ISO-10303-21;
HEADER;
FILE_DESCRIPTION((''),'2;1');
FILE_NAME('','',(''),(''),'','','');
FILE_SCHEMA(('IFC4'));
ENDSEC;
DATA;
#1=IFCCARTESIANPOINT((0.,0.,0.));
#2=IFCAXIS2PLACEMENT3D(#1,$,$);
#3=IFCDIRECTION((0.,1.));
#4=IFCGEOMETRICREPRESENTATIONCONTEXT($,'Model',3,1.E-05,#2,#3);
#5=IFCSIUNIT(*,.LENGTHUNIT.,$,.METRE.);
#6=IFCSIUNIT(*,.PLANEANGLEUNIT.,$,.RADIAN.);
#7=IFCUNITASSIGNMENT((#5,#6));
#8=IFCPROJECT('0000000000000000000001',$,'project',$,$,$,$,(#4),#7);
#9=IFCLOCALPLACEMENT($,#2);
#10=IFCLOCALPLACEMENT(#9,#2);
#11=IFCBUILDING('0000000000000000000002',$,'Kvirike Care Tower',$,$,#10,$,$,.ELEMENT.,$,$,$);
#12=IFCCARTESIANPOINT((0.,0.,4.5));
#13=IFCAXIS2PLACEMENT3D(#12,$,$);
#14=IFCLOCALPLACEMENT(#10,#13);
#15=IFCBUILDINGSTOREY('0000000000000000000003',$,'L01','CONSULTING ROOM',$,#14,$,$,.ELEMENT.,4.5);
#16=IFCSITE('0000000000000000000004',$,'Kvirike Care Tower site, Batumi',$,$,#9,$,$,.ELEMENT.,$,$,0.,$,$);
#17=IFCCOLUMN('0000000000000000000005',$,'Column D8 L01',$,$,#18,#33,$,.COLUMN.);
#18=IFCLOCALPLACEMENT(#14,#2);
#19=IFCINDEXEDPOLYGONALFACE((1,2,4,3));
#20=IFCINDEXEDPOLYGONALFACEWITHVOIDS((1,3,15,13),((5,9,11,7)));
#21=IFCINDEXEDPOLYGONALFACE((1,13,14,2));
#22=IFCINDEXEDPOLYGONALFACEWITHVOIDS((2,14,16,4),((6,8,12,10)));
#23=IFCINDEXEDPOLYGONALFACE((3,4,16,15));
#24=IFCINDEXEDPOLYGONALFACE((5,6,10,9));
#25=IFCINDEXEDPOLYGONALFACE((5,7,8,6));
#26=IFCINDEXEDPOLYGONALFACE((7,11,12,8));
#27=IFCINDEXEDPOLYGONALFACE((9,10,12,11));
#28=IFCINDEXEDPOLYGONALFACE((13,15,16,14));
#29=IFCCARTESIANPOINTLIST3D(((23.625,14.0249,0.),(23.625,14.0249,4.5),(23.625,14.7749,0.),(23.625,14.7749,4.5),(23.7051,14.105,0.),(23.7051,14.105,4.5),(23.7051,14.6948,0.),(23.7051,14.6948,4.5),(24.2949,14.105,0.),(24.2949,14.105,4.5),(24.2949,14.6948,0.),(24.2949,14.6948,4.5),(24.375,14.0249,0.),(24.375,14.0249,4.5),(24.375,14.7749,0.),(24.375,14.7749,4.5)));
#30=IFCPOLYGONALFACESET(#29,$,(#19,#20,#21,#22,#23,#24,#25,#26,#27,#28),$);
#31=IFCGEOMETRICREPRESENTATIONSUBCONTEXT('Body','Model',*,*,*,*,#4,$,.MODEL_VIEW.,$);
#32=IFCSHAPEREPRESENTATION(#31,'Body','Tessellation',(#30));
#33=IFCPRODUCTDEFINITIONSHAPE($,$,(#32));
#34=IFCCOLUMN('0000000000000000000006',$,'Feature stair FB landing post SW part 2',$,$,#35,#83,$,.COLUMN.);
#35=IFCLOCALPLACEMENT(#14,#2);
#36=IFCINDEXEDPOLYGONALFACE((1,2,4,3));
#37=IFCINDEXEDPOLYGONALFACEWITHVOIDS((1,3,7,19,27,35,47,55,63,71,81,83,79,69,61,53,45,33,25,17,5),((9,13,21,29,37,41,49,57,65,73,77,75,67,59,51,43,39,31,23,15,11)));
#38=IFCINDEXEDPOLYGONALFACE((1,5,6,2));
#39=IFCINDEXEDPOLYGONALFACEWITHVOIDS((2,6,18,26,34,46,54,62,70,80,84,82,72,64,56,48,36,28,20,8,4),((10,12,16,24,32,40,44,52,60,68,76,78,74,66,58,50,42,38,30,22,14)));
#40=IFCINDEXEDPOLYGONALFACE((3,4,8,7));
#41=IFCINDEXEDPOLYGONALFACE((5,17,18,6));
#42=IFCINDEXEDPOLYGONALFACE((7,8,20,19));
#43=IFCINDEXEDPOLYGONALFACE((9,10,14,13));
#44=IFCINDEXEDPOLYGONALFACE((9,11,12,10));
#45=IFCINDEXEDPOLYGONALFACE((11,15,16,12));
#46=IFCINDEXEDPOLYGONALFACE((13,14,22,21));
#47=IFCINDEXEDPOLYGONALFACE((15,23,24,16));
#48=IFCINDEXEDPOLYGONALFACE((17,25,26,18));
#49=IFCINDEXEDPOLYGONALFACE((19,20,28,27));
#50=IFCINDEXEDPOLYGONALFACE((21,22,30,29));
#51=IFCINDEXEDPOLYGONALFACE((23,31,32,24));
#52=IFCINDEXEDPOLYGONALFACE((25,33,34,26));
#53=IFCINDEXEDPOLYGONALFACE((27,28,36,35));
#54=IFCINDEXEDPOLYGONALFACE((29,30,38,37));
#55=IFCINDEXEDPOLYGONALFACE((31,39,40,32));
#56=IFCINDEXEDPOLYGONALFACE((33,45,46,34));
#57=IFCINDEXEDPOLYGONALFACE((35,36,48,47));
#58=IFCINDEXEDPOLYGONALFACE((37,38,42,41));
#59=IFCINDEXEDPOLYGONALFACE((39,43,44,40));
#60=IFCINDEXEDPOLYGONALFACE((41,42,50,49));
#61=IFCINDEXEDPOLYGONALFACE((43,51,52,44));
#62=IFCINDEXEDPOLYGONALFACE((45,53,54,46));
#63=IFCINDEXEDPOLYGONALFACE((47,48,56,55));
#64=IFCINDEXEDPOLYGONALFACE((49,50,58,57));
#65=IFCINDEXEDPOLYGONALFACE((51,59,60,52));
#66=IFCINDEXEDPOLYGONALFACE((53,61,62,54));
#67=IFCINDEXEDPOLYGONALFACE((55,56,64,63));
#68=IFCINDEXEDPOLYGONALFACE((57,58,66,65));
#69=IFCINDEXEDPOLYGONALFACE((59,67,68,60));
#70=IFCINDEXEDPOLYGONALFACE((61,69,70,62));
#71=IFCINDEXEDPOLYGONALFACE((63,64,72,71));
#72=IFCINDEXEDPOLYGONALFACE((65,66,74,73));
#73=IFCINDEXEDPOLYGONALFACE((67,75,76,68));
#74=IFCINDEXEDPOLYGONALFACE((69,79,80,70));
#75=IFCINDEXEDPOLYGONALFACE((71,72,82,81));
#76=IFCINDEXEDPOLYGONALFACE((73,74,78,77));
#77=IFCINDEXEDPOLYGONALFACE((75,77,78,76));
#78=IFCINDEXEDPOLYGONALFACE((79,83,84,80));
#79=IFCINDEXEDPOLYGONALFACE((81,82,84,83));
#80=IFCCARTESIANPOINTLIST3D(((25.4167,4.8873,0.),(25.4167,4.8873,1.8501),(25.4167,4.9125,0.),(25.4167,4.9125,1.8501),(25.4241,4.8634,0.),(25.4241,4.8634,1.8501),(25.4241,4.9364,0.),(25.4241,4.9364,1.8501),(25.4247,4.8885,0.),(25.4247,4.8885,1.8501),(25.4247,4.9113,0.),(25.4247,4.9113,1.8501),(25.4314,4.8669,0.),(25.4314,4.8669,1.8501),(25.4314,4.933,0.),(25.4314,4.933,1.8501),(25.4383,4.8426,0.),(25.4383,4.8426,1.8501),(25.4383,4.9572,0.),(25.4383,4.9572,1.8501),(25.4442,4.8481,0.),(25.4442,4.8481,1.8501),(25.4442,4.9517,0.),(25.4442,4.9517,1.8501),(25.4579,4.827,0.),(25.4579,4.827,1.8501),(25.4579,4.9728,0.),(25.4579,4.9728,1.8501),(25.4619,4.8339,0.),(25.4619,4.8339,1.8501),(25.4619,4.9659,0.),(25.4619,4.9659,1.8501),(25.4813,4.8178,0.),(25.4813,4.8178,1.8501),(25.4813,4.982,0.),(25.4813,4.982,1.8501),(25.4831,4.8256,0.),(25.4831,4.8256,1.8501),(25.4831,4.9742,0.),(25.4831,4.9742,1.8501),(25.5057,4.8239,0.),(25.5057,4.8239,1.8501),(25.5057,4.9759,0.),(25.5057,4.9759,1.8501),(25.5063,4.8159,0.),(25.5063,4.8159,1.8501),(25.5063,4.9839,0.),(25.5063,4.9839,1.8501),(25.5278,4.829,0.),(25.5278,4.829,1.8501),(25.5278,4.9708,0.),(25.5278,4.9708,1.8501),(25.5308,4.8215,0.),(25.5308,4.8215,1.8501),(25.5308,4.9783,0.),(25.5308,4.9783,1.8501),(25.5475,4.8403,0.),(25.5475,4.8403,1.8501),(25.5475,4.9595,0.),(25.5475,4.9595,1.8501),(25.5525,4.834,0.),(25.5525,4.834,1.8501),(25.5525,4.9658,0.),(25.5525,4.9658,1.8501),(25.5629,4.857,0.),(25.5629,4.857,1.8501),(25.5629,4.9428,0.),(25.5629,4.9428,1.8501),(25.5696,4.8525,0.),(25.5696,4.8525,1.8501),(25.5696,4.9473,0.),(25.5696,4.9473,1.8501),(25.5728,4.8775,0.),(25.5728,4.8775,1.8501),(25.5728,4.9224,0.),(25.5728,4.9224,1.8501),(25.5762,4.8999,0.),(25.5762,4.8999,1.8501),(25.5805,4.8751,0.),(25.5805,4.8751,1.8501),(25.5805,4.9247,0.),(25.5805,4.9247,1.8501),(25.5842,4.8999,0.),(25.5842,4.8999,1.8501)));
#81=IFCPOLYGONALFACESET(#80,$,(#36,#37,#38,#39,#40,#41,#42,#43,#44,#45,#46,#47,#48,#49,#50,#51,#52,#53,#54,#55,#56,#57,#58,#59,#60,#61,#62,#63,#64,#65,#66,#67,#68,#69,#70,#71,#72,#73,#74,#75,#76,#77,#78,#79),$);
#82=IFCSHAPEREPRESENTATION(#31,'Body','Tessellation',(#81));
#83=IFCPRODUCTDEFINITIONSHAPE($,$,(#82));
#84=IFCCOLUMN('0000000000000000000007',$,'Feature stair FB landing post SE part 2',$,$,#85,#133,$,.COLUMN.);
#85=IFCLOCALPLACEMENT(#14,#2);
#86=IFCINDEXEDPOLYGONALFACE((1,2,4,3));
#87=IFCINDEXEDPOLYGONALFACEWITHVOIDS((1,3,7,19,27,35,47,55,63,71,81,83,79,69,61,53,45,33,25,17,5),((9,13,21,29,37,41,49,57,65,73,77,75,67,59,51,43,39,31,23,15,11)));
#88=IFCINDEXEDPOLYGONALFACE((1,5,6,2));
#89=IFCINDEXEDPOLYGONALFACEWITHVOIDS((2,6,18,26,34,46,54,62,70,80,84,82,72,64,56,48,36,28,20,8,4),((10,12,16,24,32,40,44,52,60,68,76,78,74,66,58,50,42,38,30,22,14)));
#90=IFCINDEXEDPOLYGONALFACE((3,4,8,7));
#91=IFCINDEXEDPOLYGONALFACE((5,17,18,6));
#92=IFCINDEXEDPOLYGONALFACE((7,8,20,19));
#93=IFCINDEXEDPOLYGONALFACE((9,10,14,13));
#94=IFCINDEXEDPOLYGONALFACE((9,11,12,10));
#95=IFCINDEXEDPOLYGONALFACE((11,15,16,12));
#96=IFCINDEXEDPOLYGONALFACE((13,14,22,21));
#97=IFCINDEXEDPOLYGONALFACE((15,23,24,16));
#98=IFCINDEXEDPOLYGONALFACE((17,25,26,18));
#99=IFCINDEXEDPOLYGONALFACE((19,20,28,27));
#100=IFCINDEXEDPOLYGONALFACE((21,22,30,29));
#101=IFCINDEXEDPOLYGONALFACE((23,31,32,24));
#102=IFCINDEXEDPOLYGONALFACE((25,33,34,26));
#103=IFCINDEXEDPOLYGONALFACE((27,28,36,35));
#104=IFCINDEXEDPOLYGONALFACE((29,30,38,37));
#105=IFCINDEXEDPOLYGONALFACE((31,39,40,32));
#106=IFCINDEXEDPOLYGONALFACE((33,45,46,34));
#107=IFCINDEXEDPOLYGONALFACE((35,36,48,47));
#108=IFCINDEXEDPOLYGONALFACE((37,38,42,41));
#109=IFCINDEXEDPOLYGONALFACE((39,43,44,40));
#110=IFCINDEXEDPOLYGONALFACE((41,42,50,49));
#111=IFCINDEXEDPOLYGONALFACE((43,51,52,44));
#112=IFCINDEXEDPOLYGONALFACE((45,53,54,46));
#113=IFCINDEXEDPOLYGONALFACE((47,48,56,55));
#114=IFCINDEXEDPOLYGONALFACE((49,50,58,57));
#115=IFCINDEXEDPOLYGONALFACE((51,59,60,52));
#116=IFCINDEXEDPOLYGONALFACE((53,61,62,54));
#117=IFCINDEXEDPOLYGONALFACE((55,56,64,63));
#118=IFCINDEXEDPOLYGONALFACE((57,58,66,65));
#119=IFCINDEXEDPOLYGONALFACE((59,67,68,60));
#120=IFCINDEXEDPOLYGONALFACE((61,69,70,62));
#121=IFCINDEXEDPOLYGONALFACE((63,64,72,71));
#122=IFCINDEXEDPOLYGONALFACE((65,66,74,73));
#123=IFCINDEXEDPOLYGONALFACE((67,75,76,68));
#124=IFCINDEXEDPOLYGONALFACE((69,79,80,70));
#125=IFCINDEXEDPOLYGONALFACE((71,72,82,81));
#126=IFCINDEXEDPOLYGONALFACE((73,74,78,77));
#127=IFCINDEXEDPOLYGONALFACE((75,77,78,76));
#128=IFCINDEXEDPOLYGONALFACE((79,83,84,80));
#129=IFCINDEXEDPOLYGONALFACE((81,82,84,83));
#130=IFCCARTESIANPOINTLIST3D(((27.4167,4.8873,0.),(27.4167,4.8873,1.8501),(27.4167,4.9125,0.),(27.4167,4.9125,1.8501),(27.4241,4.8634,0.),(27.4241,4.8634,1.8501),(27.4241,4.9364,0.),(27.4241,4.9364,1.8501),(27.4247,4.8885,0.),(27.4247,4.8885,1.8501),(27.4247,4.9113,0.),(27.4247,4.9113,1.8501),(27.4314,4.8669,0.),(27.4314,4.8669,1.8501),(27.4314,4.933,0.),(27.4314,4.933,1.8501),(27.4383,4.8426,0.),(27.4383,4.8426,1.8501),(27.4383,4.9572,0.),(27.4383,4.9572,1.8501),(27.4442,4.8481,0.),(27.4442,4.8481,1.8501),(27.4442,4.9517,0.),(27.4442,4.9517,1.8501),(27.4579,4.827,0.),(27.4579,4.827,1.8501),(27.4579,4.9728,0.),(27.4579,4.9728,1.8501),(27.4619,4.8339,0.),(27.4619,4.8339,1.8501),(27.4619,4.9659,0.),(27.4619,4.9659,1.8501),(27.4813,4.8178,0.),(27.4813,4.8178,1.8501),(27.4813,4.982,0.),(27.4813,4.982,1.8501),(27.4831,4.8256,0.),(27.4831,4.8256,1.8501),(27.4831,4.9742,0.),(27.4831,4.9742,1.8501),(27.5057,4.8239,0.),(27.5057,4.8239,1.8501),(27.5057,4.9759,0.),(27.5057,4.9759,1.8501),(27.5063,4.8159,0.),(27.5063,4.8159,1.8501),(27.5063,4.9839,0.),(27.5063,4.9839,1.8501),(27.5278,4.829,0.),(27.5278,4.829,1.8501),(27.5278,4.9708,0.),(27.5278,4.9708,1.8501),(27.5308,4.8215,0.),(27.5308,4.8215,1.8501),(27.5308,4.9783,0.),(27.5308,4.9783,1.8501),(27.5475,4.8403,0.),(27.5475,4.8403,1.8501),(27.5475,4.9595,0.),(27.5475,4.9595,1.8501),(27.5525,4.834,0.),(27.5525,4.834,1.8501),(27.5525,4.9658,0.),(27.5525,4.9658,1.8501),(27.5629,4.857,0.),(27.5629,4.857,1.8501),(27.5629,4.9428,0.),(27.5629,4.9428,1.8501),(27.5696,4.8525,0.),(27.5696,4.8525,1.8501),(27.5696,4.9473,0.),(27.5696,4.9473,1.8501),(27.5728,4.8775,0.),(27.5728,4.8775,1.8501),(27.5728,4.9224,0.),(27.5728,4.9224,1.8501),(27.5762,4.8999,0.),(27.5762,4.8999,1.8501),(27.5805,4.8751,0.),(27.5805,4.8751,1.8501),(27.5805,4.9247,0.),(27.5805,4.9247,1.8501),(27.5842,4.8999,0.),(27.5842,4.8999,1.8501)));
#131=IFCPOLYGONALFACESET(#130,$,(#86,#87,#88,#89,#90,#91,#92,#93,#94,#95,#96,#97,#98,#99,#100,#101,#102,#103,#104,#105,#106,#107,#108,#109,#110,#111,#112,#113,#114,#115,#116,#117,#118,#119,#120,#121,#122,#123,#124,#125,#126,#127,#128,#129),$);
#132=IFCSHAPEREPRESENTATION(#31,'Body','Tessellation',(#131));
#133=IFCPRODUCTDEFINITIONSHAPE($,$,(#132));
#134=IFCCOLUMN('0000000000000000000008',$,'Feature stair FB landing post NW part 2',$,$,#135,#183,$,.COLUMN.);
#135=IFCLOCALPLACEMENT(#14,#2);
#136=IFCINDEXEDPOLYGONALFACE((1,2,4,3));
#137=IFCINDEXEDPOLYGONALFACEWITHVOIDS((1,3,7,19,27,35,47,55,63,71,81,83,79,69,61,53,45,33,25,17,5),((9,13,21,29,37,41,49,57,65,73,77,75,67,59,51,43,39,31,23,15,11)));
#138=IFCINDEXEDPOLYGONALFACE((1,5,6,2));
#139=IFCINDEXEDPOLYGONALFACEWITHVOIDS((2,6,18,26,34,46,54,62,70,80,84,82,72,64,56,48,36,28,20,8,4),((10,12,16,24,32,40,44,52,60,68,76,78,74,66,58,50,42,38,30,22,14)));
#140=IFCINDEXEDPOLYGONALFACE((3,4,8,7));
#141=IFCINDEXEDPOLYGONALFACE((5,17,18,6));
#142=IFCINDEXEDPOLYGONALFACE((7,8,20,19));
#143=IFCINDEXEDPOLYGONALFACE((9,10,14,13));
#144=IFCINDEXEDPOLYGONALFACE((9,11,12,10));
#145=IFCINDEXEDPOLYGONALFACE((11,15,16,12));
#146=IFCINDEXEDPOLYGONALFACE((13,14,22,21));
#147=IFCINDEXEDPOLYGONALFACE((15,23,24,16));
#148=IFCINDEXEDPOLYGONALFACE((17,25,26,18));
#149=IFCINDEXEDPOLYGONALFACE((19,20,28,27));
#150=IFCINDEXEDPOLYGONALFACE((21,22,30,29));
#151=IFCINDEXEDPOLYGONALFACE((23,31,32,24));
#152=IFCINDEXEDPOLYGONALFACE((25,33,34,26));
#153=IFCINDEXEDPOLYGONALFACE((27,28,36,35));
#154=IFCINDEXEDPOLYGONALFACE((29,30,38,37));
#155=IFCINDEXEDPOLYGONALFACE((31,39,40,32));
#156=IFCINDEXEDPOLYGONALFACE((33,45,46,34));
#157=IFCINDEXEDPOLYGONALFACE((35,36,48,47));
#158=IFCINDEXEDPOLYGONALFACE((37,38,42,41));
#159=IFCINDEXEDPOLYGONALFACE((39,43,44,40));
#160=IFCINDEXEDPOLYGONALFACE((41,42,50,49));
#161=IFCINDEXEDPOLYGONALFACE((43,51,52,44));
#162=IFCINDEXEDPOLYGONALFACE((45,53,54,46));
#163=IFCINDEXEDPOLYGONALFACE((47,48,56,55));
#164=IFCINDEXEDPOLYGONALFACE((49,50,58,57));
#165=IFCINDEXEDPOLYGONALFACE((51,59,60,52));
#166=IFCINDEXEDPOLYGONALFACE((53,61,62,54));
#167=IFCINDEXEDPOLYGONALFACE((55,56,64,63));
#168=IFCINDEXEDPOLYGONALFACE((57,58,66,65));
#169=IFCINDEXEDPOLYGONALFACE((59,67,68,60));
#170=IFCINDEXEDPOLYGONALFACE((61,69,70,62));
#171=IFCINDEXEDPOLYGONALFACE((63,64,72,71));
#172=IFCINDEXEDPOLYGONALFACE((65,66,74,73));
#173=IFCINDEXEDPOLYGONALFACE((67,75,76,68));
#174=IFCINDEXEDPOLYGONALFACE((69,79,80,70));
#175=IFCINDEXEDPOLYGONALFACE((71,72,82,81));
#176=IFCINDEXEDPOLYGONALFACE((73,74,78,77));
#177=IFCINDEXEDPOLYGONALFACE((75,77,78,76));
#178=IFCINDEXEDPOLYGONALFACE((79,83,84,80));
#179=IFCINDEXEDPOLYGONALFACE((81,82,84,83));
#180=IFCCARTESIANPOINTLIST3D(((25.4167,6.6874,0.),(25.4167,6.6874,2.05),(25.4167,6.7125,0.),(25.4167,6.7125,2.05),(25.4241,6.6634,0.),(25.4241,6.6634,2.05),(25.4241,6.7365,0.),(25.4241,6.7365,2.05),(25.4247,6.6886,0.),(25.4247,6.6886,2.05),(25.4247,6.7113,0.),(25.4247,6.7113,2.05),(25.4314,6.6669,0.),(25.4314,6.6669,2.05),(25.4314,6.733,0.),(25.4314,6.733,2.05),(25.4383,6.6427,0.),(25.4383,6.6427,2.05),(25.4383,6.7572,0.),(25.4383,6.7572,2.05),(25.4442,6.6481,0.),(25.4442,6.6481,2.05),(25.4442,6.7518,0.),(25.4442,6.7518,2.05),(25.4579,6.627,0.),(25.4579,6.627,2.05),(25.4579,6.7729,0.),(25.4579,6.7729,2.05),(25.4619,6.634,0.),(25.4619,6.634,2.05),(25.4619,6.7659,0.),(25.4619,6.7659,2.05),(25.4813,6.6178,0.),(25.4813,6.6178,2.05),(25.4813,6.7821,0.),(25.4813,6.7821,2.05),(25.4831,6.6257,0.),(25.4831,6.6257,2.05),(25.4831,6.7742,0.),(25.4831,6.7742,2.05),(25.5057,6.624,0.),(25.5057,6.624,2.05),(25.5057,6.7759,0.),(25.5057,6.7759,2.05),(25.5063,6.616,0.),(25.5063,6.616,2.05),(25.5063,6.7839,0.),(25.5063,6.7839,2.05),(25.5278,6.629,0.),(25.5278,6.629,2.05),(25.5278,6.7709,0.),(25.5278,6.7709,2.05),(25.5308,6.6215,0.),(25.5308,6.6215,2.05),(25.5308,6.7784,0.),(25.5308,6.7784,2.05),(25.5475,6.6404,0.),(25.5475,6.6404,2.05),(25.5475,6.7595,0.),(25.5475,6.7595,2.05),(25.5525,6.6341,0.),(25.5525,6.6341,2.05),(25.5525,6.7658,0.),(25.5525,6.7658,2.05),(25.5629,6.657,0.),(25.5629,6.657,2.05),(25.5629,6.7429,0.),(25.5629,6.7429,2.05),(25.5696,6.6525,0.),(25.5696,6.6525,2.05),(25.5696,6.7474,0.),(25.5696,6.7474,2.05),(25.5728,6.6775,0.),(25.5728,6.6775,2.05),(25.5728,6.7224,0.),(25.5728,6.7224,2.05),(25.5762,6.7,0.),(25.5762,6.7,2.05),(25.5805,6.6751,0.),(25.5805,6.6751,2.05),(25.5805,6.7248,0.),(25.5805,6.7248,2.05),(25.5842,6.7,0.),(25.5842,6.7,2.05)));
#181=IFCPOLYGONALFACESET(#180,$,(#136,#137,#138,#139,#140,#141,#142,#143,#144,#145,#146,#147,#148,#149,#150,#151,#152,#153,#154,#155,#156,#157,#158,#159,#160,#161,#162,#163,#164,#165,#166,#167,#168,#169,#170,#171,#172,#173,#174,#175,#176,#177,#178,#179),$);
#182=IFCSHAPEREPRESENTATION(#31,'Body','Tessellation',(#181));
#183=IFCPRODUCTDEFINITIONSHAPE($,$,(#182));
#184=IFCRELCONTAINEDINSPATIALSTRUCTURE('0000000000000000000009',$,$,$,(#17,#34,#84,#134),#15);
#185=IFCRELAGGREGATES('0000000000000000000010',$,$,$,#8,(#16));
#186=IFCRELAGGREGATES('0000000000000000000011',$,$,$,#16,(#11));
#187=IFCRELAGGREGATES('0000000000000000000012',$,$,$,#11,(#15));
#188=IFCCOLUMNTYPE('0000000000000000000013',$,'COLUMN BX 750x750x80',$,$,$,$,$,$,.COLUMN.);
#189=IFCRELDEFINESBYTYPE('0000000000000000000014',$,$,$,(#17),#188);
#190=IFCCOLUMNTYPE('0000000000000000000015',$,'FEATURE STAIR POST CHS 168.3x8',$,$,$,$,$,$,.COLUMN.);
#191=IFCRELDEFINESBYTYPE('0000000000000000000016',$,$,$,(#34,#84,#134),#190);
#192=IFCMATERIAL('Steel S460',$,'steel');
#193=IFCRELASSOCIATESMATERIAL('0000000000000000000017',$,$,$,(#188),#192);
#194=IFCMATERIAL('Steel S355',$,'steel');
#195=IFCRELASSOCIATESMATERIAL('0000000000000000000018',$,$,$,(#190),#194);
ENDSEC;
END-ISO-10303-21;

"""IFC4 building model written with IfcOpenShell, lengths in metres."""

from ifc_helpers import new_model, si_unit, direction, frame, origin, origin_2d, place, context, subcontext, project, spatial, hollow_rectangle, hollow_circle, extrude, material, material_profile, profile_set, type_object, element, save


model = new_model("IFC4")

# Units and contexts
model_context = context("Model", 3, precision=1e-05, world=origin(), true_north=direction((0.0, 1.0)))
body_context = subcontext(model_context, "Body", "Model", "MODEL_VIEW")
ifc_project = project(units=[si_unit("LENGTHUNIT", "METRE"), si_unit("PLANEANGLEUNIT", "RADIAN")], contexts=[model_context])

# Site, building, storey
site_placement = place(None, origin())
site = spatial("IfcSite", under=ifc_project, at=site_placement, Name="Kvirike Care Tower site, Batumi", CompositionType="ELEMENT", RefElevation=0.0)
building_placement = place(site_placement, origin())
building = spatial("IfcBuilding", under=site, at=building_placement, Name="Kvirike Care Tower", CompositionType="ELEMENT")
storey_placement = place(building_placement, frame((0.0, 0.0, 4.5)))
storey = spatial("IfcBuildingStorey", under=building, at=storey_placement, Name="L01", Description="CONSULTING ROOM", CompositionType="ELEMENT", Elevation=4.5)

# Columns
ifc_material_1 = material(Name="Steel S460", Category="steel")
ifc_material_profile_1 = material_profile(ifc_material_1, hollow_rectangle(XDim=0.75, YDim=0.75, WallThickness=0.0801, at=origin_2d()), Name="BX 750x750x80")
ifc_profile_set_1 = profile_set([ifc_material_profile_1], Name="Steel S460")
column_type_1 = type_object("IfcColumnType", Name="COLUMN BX 750x750x80", PredefinedType="COLUMN", material=ifc_profile_set_1)
column_1_placement = place(storey_placement, frame((24.0, 14.3999, 0.0), z_axis=(0.0, 0.0, 1.0), x_axis=(1.0, 0.0, 0.0)))
element("IfcColumn", 1, at=column_1_placement, inside=storey, type_object=column_type_1, Name="Column D8 L01", PredefinedType="COLUMN", context=body_context, shape_type="SweptSolid", body=[
    extrude(hollow_rectangle(XDim=0.75, YDim=0.75, WallThickness=0.0801, at=origin_2d()), origin(), (0.0, 0.0, 1.0), 4.5),
])
ifc_material_2 = material(Name="Steel S355", Category="steel")
ifc_material_profile_2 = material_profile(ifc_material_2, hollow_circle(Radius=0.0842, WallThickness=0.0081, at=origin_2d()), Name="CHS 168.3x8")
ifc_profile_set_2 = profile_set([ifc_material_profile_2], Name="Steel S355")
column_type_2 = type_object("IfcColumnType", Name="FEATURE STAIR POST CHS 168.3x8", PredefinedType="COLUMN", material=ifc_profile_set_2)
for number, where, z_axis, x_axis, name in (
    (2, (25.5, 4.8999, 0.0), (0.0, 0.0, 1.0), (1.0, 0.0, 0.0), "Feature stair FB landing post SW part 2"),
    (3, (27.5, 4.8999, 0.0), (0.0, 0.0, 1.0), (1.0, 0.0, 0.0), "Feature stair FB landing post SE part 2"),
):
    element("IfcColumn", number, at=place(storey_placement, frame(where, z_axis=z_axis, x_axis=x_axis)), inside=storey, type_object=column_type_2, Name=name, PredefinedType="COLUMN", context=body_context, shape_type="SweptSolid", body=[
        extrude(hollow_circle(Radius=0.0842, WallThickness=0.0081, at=origin_2d()), origin(), (0.0, 0.0, 1.0), 1.8501),
    ])
for number, where, z_axis, x_axis, name in (
    (4, (25.5, 6.7, 0.0), (0.0, 0.0, 1.0), (1.0, 0.0, 0.0), "Feature stair FB landing post NW part 2"),
):
    element("IfcColumn", number, at=place(storey_placement, frame(where, z_axis=z_axis, x_axis=x_axis)), inside=storey, type_object=column_type_2, Name=name, PredefinedType="COLUMN", context=body_context, shape_type="SweptSolid", body=[
        extrude(hollow_circle(Radius=0.0842, WallThickness=0.0081, at=origin_2d()), origin(), (0.0, 0.0, 1.0), 2.05),
    ])

save(model, "model.ifc")
